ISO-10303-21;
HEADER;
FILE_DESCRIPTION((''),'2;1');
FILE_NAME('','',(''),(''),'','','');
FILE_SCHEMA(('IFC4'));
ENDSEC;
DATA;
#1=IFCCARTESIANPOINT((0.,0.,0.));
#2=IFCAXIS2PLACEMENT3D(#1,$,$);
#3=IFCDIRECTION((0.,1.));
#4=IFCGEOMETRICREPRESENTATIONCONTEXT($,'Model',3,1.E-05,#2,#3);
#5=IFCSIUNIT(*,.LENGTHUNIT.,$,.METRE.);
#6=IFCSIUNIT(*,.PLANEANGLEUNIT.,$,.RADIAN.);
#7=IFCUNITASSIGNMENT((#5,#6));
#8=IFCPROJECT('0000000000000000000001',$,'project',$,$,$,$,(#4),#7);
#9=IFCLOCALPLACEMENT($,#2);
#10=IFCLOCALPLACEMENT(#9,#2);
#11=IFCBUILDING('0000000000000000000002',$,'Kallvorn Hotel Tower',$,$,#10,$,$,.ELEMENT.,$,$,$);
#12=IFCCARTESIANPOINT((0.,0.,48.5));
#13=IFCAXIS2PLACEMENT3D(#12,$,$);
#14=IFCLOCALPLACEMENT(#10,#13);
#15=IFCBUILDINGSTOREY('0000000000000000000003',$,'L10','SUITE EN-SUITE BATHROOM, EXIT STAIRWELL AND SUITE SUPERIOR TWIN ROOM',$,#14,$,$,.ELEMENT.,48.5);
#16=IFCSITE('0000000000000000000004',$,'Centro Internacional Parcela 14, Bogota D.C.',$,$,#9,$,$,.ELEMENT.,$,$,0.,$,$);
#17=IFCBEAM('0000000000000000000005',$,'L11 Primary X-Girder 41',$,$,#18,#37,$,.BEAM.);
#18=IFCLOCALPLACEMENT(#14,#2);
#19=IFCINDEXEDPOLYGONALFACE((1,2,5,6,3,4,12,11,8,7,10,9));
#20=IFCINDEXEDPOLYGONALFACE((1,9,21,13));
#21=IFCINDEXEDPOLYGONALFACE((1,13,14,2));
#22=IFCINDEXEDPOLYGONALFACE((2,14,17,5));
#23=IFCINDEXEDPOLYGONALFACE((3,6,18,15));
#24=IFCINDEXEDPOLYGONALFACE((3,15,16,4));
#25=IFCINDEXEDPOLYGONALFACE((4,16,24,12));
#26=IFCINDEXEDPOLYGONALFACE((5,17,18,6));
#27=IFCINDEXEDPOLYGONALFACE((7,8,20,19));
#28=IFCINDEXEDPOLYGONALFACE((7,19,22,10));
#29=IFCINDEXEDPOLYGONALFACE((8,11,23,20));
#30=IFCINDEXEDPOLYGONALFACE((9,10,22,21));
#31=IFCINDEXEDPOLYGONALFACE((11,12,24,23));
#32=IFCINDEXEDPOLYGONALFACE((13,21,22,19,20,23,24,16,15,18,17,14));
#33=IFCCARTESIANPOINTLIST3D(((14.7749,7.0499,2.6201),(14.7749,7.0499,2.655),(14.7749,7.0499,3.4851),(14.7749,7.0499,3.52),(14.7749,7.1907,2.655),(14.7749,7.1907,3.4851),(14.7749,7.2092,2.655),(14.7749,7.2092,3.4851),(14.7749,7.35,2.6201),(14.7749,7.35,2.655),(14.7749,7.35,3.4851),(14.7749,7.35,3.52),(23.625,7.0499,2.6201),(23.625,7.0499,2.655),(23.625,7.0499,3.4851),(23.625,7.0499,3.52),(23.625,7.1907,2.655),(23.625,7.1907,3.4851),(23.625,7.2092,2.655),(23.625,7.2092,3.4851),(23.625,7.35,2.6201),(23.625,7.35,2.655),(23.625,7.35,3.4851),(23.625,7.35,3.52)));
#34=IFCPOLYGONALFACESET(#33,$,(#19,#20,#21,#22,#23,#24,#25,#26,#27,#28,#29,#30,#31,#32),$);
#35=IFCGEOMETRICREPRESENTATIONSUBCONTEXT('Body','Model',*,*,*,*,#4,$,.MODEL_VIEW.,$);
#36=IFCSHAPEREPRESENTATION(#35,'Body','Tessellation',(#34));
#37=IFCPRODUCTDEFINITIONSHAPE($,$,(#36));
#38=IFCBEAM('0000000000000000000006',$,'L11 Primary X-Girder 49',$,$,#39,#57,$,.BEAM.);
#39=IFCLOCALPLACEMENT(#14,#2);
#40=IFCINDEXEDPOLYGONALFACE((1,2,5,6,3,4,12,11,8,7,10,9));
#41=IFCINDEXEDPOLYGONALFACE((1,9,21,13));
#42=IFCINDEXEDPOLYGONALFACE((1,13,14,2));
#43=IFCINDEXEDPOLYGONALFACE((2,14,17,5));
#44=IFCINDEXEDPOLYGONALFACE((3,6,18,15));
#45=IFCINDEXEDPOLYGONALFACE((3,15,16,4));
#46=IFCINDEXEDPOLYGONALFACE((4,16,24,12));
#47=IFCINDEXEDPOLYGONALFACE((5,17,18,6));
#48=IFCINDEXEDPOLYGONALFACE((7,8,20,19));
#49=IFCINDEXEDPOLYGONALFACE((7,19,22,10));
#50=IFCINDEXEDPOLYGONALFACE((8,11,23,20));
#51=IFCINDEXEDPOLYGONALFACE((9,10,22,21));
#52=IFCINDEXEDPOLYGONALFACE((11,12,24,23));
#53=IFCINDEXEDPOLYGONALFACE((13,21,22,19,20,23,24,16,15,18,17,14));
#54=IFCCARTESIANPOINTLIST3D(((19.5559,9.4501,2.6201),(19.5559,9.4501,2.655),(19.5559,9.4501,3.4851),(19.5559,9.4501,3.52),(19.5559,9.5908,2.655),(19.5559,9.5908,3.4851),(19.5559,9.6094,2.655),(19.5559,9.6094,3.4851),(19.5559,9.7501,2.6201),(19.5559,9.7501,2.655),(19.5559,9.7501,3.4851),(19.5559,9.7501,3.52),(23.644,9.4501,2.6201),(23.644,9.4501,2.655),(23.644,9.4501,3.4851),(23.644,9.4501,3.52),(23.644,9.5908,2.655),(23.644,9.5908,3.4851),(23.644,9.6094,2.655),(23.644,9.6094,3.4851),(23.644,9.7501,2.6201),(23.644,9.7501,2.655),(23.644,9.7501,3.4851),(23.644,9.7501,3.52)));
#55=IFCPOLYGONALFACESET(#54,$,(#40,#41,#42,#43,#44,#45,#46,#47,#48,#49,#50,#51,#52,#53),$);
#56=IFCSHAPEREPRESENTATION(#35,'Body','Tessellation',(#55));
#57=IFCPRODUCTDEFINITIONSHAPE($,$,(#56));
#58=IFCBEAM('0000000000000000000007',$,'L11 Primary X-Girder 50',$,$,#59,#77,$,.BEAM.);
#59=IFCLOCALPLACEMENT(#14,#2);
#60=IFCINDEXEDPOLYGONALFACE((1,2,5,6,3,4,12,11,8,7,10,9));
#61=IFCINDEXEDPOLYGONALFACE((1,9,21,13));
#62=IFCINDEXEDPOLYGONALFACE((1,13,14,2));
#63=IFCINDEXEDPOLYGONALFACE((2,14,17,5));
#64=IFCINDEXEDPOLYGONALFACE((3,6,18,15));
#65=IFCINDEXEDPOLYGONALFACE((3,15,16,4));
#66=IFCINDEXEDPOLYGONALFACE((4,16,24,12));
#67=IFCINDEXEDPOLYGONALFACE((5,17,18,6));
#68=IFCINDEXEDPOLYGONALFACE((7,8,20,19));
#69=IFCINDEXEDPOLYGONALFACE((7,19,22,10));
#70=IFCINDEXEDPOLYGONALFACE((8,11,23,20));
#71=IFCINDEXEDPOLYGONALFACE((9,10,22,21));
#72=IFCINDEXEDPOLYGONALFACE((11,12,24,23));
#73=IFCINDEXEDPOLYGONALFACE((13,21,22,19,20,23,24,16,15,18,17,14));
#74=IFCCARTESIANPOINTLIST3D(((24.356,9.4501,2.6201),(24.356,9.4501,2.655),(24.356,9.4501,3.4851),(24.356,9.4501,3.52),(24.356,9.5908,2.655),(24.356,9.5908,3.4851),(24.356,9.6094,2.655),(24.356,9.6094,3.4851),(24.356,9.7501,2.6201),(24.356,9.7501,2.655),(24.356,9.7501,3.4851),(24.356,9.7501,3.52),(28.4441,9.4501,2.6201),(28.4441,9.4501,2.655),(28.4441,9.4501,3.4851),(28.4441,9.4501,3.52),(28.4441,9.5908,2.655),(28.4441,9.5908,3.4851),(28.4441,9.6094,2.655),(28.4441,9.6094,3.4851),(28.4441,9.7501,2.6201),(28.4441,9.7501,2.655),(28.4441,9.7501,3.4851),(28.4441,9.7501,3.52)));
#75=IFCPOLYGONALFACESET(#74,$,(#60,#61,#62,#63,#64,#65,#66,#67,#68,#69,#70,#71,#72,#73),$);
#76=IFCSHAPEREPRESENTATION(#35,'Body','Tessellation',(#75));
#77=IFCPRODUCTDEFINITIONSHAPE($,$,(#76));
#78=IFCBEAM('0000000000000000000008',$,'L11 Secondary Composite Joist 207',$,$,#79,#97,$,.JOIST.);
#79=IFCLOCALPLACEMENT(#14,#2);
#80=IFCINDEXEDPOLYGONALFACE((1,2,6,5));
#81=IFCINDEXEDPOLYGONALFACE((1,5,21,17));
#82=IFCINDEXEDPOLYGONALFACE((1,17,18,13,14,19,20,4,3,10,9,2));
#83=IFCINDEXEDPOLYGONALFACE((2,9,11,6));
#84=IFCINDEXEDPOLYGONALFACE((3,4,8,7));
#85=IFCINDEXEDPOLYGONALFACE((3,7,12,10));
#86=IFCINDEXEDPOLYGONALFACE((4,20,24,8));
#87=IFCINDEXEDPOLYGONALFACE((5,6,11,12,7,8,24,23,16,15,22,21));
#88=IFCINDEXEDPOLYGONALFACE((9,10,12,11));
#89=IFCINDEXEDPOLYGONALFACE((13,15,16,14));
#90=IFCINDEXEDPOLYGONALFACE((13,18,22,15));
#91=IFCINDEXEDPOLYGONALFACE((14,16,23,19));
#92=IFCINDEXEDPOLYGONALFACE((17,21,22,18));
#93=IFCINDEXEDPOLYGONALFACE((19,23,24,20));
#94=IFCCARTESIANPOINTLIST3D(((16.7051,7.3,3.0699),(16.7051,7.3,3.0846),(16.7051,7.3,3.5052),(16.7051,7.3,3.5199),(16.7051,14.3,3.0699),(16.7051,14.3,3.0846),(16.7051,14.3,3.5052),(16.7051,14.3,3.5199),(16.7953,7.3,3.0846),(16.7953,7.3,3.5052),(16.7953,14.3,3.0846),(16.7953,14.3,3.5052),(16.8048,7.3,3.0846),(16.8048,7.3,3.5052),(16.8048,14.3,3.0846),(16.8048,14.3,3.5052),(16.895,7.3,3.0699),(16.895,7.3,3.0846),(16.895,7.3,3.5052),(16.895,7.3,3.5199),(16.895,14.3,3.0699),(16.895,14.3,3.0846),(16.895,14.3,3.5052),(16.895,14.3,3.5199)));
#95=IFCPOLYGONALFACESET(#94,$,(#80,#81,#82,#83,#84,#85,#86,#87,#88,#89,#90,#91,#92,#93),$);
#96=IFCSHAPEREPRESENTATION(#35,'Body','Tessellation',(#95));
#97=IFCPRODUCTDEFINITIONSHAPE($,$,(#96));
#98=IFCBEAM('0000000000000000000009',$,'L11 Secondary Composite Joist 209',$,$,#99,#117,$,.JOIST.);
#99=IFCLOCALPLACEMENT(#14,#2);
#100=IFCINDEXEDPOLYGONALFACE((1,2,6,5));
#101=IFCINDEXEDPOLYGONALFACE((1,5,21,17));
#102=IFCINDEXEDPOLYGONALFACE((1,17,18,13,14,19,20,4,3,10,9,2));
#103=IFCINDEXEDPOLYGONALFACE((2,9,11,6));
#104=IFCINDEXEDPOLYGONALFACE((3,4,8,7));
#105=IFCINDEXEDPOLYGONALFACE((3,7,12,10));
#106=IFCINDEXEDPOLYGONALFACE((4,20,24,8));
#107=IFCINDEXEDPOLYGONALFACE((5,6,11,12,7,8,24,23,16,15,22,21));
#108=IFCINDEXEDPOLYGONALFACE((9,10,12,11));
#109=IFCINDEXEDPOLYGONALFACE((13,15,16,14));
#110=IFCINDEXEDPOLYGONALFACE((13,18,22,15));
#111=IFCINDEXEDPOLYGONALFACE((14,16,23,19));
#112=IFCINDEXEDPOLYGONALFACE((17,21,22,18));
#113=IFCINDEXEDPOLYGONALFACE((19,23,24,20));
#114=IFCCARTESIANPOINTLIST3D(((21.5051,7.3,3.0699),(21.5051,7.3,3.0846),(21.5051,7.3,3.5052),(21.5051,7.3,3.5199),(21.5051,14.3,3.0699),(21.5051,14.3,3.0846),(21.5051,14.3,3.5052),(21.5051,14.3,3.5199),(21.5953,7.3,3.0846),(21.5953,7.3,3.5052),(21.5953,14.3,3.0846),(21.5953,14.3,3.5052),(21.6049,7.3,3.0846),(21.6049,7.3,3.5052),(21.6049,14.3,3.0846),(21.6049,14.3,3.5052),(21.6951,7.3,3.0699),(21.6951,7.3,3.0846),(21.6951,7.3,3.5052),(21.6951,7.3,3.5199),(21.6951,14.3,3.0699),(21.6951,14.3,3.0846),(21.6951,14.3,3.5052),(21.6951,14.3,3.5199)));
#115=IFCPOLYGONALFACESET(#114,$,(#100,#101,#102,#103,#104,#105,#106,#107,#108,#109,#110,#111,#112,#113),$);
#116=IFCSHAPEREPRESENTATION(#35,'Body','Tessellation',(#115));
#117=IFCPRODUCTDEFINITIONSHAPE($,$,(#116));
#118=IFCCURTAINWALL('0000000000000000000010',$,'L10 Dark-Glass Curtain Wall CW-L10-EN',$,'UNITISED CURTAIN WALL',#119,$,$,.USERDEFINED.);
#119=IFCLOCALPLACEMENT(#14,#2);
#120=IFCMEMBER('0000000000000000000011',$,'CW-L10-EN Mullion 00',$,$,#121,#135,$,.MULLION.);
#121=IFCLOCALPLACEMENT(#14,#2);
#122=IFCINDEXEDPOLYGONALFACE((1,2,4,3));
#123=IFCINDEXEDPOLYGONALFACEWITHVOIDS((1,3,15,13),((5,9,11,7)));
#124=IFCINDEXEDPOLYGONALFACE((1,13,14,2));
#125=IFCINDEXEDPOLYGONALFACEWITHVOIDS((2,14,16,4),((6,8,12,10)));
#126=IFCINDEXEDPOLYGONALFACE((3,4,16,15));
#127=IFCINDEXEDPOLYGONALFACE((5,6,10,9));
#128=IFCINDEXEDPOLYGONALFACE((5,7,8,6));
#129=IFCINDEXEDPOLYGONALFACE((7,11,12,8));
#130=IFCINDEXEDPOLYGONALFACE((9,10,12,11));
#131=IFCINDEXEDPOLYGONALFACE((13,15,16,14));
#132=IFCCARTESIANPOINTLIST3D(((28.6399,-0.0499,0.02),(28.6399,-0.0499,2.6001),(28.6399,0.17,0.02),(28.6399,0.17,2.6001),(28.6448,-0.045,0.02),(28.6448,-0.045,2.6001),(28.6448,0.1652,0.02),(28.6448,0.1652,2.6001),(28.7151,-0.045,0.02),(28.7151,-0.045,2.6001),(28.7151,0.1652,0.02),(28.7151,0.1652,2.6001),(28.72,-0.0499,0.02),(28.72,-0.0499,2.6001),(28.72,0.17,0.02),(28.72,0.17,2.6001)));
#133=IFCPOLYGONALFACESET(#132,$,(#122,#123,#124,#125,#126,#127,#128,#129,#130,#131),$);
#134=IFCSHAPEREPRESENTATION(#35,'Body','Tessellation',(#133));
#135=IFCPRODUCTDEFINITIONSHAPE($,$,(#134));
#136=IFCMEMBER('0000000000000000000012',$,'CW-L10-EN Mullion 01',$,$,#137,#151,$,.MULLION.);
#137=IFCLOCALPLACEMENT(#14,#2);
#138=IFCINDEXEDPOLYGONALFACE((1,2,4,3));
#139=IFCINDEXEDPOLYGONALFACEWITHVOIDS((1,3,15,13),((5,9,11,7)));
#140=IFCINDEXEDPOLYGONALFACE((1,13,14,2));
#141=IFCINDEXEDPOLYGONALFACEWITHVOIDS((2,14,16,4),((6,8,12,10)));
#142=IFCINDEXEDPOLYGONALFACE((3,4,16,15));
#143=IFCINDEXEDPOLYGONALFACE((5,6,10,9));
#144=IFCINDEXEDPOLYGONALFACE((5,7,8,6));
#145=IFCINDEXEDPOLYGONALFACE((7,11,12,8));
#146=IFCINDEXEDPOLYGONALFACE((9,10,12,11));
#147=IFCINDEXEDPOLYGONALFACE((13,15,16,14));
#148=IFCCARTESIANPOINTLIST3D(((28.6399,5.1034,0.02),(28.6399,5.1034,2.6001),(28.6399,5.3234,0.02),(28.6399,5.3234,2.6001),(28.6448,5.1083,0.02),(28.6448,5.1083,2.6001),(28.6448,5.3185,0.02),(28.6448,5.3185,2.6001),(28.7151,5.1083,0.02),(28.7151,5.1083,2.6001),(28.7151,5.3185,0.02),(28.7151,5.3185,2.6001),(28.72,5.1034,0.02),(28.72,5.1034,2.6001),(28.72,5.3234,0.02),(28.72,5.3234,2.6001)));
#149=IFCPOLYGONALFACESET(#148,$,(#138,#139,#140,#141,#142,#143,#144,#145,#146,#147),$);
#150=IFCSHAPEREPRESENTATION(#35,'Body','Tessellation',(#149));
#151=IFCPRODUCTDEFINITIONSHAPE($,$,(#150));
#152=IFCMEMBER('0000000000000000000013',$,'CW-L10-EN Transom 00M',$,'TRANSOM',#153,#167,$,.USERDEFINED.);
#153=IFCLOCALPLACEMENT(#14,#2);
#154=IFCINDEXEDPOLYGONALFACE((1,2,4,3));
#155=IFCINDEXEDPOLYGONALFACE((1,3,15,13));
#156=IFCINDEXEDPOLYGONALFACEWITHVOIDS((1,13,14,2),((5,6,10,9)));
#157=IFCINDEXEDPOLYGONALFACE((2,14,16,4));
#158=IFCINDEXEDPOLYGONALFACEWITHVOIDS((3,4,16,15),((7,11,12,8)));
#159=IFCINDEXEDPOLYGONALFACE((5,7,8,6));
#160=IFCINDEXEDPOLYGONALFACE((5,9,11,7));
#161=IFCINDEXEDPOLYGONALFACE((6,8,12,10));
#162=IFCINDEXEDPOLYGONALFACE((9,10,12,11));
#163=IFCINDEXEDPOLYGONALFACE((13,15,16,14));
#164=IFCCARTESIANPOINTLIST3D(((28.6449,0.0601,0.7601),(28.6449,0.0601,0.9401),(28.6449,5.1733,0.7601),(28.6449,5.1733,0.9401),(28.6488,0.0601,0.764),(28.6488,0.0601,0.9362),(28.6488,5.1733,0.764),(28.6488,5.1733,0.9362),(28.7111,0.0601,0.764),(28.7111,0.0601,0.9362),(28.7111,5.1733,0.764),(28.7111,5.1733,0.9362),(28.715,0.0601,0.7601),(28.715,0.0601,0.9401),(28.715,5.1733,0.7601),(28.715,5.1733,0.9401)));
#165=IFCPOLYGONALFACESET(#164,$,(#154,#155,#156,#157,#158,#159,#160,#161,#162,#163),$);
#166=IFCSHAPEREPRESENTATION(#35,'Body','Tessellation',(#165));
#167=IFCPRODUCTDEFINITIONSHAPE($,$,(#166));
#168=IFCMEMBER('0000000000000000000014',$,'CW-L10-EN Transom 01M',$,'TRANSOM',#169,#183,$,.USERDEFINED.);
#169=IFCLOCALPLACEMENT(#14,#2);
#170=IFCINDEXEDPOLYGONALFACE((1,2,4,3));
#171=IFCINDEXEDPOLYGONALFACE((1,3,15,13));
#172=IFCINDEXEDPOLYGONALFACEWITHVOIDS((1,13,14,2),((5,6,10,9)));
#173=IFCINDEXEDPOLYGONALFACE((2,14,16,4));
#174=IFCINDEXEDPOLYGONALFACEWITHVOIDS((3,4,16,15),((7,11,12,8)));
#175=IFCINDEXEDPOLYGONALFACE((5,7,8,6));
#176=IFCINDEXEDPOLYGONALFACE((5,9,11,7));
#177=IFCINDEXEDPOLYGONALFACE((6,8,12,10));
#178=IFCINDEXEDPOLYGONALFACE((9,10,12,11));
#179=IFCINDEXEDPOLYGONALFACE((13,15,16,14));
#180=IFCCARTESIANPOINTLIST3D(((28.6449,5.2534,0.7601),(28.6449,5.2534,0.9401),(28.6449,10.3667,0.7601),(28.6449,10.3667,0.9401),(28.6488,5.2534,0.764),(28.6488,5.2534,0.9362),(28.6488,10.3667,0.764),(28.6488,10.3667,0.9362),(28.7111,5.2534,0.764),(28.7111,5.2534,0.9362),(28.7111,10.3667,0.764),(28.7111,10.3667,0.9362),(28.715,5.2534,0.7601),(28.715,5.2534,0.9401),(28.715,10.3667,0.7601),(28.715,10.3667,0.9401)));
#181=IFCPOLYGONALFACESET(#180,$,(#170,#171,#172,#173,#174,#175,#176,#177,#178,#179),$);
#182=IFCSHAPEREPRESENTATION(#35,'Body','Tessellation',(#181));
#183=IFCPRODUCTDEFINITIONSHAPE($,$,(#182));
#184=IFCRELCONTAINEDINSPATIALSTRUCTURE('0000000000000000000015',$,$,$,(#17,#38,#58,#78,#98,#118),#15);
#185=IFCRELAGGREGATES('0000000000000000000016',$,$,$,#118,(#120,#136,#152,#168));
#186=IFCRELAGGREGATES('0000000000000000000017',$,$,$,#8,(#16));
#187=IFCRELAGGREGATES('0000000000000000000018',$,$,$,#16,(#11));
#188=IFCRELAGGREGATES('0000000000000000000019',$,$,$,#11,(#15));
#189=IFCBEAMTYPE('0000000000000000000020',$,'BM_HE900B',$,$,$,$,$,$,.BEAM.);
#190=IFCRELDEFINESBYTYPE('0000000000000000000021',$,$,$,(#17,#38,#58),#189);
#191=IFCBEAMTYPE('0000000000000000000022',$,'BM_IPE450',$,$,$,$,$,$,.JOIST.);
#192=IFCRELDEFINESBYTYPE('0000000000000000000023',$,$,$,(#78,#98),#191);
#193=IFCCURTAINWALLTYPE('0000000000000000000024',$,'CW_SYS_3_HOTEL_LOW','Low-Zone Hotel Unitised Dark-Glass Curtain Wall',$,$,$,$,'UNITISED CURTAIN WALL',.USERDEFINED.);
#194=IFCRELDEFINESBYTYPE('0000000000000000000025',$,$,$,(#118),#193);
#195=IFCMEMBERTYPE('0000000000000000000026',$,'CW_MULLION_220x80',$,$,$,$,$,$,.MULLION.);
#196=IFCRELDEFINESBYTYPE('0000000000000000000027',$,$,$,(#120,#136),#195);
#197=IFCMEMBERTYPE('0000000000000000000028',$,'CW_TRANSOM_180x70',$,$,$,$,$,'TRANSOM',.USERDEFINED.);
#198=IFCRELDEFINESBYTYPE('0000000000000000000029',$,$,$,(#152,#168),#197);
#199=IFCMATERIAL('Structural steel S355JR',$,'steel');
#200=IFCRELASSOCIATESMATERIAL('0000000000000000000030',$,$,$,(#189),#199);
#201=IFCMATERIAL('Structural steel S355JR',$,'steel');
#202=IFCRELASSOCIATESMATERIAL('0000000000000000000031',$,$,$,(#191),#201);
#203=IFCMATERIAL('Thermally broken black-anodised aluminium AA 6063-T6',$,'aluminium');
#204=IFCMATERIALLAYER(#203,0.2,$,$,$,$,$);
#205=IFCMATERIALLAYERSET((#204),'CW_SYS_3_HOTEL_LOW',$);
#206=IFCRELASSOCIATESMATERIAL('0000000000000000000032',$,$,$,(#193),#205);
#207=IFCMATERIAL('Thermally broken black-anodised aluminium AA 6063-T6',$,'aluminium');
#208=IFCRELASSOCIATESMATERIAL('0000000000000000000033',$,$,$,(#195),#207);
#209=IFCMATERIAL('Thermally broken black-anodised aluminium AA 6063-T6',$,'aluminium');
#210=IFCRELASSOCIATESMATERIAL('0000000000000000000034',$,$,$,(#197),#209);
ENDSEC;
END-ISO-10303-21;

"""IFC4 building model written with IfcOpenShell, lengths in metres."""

from ifc_helpers import new_model, si_unit, direction, frame, origin, origin_2d, place, context, subcontext, project, spatial, hollow_rectangle, i_section, extrude, material, layer, layer_set, material_profile, profile_set, type_object, element, aggregate, save


model = new_model("IFC4")

# Units and contexts
model_context = context("Model", 3, precision=1e-05, world=origin(), true_north=direction((0.0, 1.0)))
body_context = subcontext(model_context, "Body", "Model", "MODEL_VIEW")
ifc_project = project(units=[si_unit("LENGTHUNIT", "METRE"), si_unit("PLANEANGLEUNIT", "RADIAN")], contexts=[model_context])

# Site, building, storey
site_placement = place(None, origin())
site = spatial("IfcSite", under=ifc_project, at=site_placement, Name="Centro Internacional Parcela 14, Bogota D.C.", CompositionType="ELEMENT", RefElevation=0.0)
building_placement = place(site_placement, origin())
building = spatial("IfcBuilding", under=site, at=building_placement, Name="Kallvorn Hotel Tower", CompositionType="ELEMENT")
storey_placement = place(building_placement, frame((0.0, 0.0, 48.5)))
storey = spatial("IfcBuildingStorey", under=building, at=storey_placement, Name="L10", Description="SUITE EN-SUITE BATHROOM, EXIT STAIRWELL AND SUITE SUPERIOR TWIN ROOM", CompositionType="ELEMENT", Elevation=48.5)

# Beams
ifc_material_1 = material(Name="Structural steel S355JR", Category="steel")
ifc_material_profile_1 = material_profile(ifc_material_1, i_section(OverallWidth=0.3, OverallDepth=0.8999, WebThickness=0.0186, FlangeThickness=0.0349, at=origin_2d()), Name="HE 900 B")
ifc_profile_set_1 = profile_set([ifc_material_profile_1], Name="Structural steel S355JR")
beam_type_1 = type_object("IfcBeamType", Name="BM_HE900B", PredefinedType="BEAM", material=ifc_profile_set_1)
beam_1_placement = place(storey_placement, frame((14.7749, 7.2, 3.0701), z_axis=(1.0, 0.0, 0.0), x_axis=(0.0, 1.0, 0.0)))
element("IfcBeam", 1, at=beam_1_placement, inside=storey, type_object=beam_type_1, Name="L11 Primary X-Girder 41", PredefinedType="BEAM", context=body_context, shape_type="SweptSolid", body=[
    extrude(i_section(OverallWidth=0.3, OverallDepth=0.8999, WebThickness=0.0186, FlangeThickness=0.0349, at=origin_2d()), origin(), (0.0, 0.0, 1.0), 8.8501),
])
for number, where, z_axis, x_axis, name in (
    (2, (19.5559, 9.6001, 3.0701), (1.0, 0.0, 0.0), (0.0, 1.0, 0.0), "L11 Primary X-Girder 49"),
    (3, (24.356, 9.6001, 3.0701), (1.0, 0.0, 0.0), (0.0, 1.0, 0.0), "L11 Primary X-Girder 50"),
):
    element("IfcBeam", number, at=place(storey_placement, frame(where, z_axis=z_axis, x_axis=x_axis)), inside=storey, type_object=beam_type_1, Name=name, PredefinedType="BEAM", context=body_context, shape_type="SweptSolid", body=[
        extrude(i_section(OverallWidth=0.3, OverallDepth=0.8999, WebThickness=0.0186, FlangeThickness=0.0349, at=origin_2d()), origin(), (0.0, 0.0, 1.0), 4.0881),
    ])
ifc_material_2 = material(Name="Structural steel S355JR", Category="steel")
ifc_material_profile_2 = material_profile(ifc_material_2, i_section(OverallWidth=0.1899, OverallDepth=0.45, WebThickness=0.0095, FlangeThickness=0.0146, at=origin_2d()), Name="IPE 450")
ifc_profile_set_2 = profile_set([ifc_material_profile_2], Name="Structural steel S355JR")
beam_type_2 = type_object("IfcBeamType", Name="BM_IPE450", PredefinedType="JOIST", material=ifc_profile_set_2)
for number, where, z_axis, x_axis, name in (
    (4, (16.8, 7.3, 3.2949), (0.0, 1.0, 0.0), (-1.0, 0.0, 0.0), "L11 Secondary Composite Joist 207"),
    (5, (21.6001, 7.3, 3.2949), (0.0, 1.0, 0.0), (-1.0, 0.0, 0.0), "L11 Secondary Composite Joist 209"),
):
    element("IfcBeam", number, at=place(storey_placement, frame(where, z_axis=z_axis, x_axis=x_axis)), inside=storey, type_object=beam_type_2, Name=name, PredefinedType="JOIST", context=body_context, shape_type="SweptSolid", body=[
        extrude(i_section(OverallWidth=0.1899, OverallDepth=0.45, WebThickness=0.0095, FlangeThickness=0.0146, at=origin_2d()), origin(), (0.0, 0.0, 1.0), 7.0),
    ])

# Curtain wall, members
ifc_material_3 = material(Name="Thermally broken black-anodised aluminium AA 6063-T6", Category="aluminium")
ifc_layer_1 = layer(ifc_material_3, 0.2)
ifc_layer_set_1 = layer_set([ifc_layer_1], Name="CW_SYS_3_HOTEL_LOW")
curtain_wall_type = type_object("IfcCurtainWallType", Name="CW_SYS_3_HOTEL_LOW", Description="Low-Zone Hotel Unitised Dark-Glass Curtain Wall", ElementType="UNITISED CURTAIN WALL", PredefinedType="USERDEFINED", material=ifc_layer_set_1)
curtain_wall_placement = place(storey_placement, origin())
curtain_wall = element("IfcCurtainWall", 6, at=curtain_wall_placement, inside=storey, type_object=curtain_wall_type, Name="L10 Dark-Glass Curtain Wall CW-L10-EN", ObjectType="UNITISED CURTAIN WALL", PredefinedType="USERDEFINED")
ifc_material_4 = material(Name="Thermally broken black-anodised aluminium AA 6063-T6", Category="aluminium")
ifc_material_profile_3 = material_profile(ifc_material_4, hollow_rectangle(XDim=0.0801, YDim=0.22, WallThickness=0.0049, at=origin_2d()), Name="MUL 220x80")
ifc_profile_set_3 = profile_set([ifc_material_profile_3], Name="Thermally broken black-anodised aluminium AA 6063-T6")
member_type_1 = type_object("IfcMemberType", Name="CW_MULLION_220x80", PredefinedType="MULLION", material=ifc_profile_set_3)
member_1_placement = place(storey_placement, frame((28.6799, 0.0601, 0.02), z_axis=(0.0, 0.0, 1.0), x_axis=(1.0, 0.0, 0.0)))
member_1 = element("IfcMember", 7, at=member_1_placement, type_object=member_type_1, Name="CW-L10-EN Mullion 00", PredefinedType="MULLION", context=body_context, shape_type="SweptSolid", body=[
    extrude(hollow_rectangle(XDim=0.0801, YDim=0.22, WallThickness=0.0049, at=origin_2d()), origin(), (0.0, 0.0, 1.0), 2.5801),
])
member_2_placement = place(storey_placement, frame((28.6799, 5.2134, 0.02), z_axis=(0.0, 0.0, 1.0), x_axis=(1.0, 0.0, 0.0)))
member_2 = element("IfcMember", 8, at=member_2_placement, type_object=member_type_1, Name="CW-L10-EN Mullion 01", PredefinedType="MULLION", context=body_context, shape_type="SweptSolid", body=[
    extrude(hollow_rectangle(XDim=0.0801, YDim=0.22, WallThickness=0.0049, at=origin_2d()), origin(), (0.0, 0.0, 1.0), 2.5801),
])
ifc_material_5 = material(Name="Thermally broken black-anodised aluminium AA 6063-T6", Category="aluminium")
ifc_material_profile_4 = material_profile(ifc_material_5, hollow_rectangle(XDim=0.0701, YDim=0.1799, WallThickness=0.0039, at=origin_2d()), Name="TRN 180x70")
ifc_profile_set_4 = profile_set([ifc_material_profile_4], Name="Thermally broken black-anodised aluminium AA 6063-T6")
member_type_2 = type_object("IfcMemberType", Name="CW_TRANSOM_180x70", ElementType="TRANSOM", PredefinedType="USERDEFINED", material=ifc_profile_set_4)
member_3_placement = place(storey_placement, frame((28.6799, 0.0601, 0.8501), z_axis=(0.0, 1.0, 0.0), x_axis=(-1.0, 0.0, 0.0)))
member_3 = element("IfcMember", 9, at=member_3_placement, type_object=member_type_2, Name="CW-L10-EN Transom 00M", ObjectType="TRANSOM", PredefinedType="USERDEFINED", context=body_context, shape_type="SweptSolid", body=[
    extrude(hollow_rectangle(XDim=0.0701, YDim=0.1799, WallThickness=0.0039, at=origin_2d()), origin(), (0.0, 0.0, 1.0), 5.1133),
])
member_4_placement = place(storey_placement, frame((28.6799, 5.2534, 0.8501), z_axis=(0.0, 1.0, 0.0), x_axis=(-1.0, 0.0, 0.0)))
member_4 = element("IfcMember", 10, at=member_4_placement, type_object=member_type_2, Name="CW-L10-EN Transom 01M", ObjectType="TRANSOM", PredefinedType="USERDEFINED", context=body_context, shape_type="SweptSolid", body=[
    extrude(hollow_rectangle(XDim=0.0701, YDim=0.1799, WallThickness=0.0039, at=origin_2d()), origin(), (0.0, 0.0, 1.0), 5.1133),
])
aggregate(curtain_wall, [member_1, member_2, member_3, member_4])

save(model, "model.ifc")
